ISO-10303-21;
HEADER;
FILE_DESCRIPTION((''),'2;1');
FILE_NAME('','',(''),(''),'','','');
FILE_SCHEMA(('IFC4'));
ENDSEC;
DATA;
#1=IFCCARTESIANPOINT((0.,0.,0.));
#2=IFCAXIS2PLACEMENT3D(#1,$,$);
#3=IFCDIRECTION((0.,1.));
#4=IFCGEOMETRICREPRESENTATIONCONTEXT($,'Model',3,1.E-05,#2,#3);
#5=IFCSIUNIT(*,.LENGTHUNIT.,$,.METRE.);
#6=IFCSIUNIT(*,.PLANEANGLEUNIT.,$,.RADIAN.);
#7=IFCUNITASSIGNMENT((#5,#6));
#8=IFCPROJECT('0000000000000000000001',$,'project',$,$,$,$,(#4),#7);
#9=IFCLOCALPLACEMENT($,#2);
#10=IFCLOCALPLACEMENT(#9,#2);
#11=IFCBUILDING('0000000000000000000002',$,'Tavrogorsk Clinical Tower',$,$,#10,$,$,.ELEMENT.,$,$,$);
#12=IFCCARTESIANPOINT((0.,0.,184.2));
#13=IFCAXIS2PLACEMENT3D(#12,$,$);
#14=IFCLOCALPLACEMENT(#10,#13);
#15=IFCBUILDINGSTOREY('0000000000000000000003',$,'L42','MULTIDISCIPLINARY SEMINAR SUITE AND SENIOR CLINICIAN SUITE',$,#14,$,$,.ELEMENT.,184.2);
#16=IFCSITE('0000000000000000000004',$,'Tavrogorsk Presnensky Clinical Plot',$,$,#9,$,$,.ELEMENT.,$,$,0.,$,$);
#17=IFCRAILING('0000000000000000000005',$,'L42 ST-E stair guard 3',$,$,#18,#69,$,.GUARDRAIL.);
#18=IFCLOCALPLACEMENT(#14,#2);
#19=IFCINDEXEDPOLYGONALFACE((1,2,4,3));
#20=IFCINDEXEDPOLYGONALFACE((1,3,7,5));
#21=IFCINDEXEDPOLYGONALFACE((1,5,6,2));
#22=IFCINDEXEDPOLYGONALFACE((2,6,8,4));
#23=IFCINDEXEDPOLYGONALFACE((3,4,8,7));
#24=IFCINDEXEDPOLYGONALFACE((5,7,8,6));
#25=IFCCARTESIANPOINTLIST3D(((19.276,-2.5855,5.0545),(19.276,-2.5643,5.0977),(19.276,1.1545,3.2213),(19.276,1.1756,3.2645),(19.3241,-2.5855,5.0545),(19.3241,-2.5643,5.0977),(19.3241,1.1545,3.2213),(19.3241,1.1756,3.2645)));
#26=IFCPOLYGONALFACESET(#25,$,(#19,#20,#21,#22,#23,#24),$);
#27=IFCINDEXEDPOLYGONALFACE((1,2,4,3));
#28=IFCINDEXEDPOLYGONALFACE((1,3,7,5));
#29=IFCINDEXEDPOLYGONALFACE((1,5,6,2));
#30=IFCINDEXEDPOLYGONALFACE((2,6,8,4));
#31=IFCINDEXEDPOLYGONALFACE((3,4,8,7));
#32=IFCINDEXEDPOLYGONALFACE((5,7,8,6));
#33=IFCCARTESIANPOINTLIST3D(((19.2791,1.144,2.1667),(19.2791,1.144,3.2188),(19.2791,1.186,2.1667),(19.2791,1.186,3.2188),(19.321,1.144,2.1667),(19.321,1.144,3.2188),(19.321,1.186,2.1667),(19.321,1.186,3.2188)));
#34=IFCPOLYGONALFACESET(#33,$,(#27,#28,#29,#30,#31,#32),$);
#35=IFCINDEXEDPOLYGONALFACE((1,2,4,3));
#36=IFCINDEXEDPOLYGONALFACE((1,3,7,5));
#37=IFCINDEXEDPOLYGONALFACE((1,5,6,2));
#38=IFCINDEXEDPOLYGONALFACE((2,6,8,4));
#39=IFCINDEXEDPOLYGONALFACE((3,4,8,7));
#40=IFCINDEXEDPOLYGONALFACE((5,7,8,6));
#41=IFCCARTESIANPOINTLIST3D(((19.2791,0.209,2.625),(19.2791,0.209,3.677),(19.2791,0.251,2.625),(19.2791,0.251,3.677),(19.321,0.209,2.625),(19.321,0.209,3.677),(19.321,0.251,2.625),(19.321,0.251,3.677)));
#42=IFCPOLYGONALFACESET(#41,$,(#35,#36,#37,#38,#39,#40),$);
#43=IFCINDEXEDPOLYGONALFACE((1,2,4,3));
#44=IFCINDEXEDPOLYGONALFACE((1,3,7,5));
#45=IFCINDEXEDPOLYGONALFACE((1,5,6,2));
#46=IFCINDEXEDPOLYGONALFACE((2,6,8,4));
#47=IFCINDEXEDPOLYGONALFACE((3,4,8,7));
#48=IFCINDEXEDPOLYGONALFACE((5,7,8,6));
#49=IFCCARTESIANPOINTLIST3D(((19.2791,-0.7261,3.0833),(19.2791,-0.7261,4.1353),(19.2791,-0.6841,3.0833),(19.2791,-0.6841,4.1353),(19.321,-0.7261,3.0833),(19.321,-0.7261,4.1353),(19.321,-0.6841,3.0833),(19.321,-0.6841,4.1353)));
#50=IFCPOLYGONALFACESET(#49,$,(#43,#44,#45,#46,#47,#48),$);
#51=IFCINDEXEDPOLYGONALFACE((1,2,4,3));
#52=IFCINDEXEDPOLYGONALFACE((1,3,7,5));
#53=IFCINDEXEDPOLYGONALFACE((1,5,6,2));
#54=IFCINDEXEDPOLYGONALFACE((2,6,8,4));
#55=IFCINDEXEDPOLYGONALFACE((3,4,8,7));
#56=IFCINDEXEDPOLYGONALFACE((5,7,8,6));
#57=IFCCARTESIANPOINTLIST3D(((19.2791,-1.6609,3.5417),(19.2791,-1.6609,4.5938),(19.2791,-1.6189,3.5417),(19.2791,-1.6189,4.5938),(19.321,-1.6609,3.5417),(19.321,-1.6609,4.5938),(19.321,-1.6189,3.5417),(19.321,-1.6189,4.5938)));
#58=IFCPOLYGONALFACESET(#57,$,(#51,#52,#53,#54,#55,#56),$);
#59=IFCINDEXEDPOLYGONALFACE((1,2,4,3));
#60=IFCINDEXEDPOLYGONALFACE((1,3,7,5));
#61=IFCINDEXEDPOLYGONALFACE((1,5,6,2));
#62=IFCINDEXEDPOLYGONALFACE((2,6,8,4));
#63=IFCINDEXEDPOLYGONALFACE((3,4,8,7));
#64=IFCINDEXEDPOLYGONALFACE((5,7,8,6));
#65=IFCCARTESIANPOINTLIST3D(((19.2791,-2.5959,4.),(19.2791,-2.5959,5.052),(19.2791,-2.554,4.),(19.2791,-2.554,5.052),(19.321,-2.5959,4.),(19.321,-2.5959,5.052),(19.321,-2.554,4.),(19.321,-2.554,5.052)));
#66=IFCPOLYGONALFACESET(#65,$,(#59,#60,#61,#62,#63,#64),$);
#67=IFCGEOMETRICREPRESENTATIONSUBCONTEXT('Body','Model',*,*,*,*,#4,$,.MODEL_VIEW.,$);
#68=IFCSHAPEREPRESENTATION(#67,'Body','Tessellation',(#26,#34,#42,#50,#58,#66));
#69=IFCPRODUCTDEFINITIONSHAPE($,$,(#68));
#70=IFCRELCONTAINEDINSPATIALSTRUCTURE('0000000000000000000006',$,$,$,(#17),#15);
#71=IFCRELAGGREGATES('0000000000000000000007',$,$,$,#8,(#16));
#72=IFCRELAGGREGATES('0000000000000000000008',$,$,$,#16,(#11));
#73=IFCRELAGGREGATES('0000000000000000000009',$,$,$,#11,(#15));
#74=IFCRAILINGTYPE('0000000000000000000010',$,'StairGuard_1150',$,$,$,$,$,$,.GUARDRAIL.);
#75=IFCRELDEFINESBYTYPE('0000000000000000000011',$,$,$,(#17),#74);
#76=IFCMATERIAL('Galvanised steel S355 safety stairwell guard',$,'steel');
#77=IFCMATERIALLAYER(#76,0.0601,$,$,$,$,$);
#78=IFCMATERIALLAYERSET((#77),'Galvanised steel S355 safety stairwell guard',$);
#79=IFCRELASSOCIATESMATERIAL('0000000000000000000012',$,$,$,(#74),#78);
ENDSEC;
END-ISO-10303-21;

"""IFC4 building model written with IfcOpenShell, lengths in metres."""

from ifc_helpers import new_model, si_unit, direction, frame, origin, origin_2d, place, context, subcontext, project, spatial, rectangle, extrude, material, layer, layer_set, type_object, element, save


model = new_model("IFC4")

# Units and contexts
model_context = context("Model", 3, precision=1e-05, world=origin(), true_north=direction((0.0, 1.0)))
body_context = subcontext(model_context, "Body", "Model", "MODEL_VIEW")
ifc_project = project(units=[si_unit("LENGTHUNIT", "METRE"), si_unit("PLANEANGLEUNIT", "RADIAN")], contexts=[model_context])

# Site, building, storey
site_placement = place(None, origin())
site = spatial("IfcSite", under=ifc_project, at=site_placement, Name="Tavrogorsk Presnensky Clinical Plot", CompositionType="ELEMENT", RefElevation=0.0)
building_placement = place(site_placement, origin())
building = spatial("IfcBuilding", under=site, at=building_placement, Name="Tavrogorsk Clinical Tower", CompositionType="ELEMENT")
storey_placement = place(building_placement, frame((0.0, 0.0, 184.2)))
storey = spatial("IfcBuildingStorey", under=building, at=storey_placement, Name="L42", Description="MULTIDISCIPLINARY SEMINAR SUITE AND SENIOR CLINICIAN SUITE", CompositionType="ELEMENT", Elevation=184.2)

# Railing
ifc_material_1 = material(Name="Galvanised steel S355 safety stairwell guard", Category="steel")
ifc_layer_1 = layer(ifc_material_1, 0.0601)
ifc_layer_set_1 = layer_set([ifc_layer_1], Name="Galvanised steel S355 safety stairwell guard")
railing_type = type_object("IfcRailingType", Name="StairGuard_1150", PredefinedType="GUARDRAIL", material=ifc_layer_set_1)
railing_1_placement = place(storey_placement, frame((19.3, 1.165, 2.1667)))
element("IfcRailing", 1, at=railing_1_placement, inside=storey, type_object=railing_type, Name="L42 ST-E stair guard 3", PredefinedType="GUARDRAIL", context=body_context, shape_type="SweptSolid", body=[
    extrude(rectangle(XDim=0.0481, YDim=0.0481, at=origin_2d()), frame((0.0, 0.0, 1.0762), z_axis=(0.0, -0.897928, 0.440142), x_axis=(1.0, 0.0, 0.0)), (0.0, 0.0, 1.0), 4.165),
    extrude(rectangle(XDim=0.042, YDim=0.042, at=origin_2d()), origin(), (0.0, 0.0, 1.0), 1.052),
    extrude(rectangle(XDim=0.042, YDim=0.042, at=origin_2d()), frame((0.0, -0.9351, 0.4583)), (0.0, 0.0, 1.0), 1.052),
    extrude(rectangle(XDim=0.042, YDim=0.042, at=origin_2d()), frame((0.0, -1.8701, 0.9165)), (0.0, 0.0, 1.0), 1.052),
    extrude(rectangle(XDim=0.042, YDim=0.042, at=origin_2d()), frame((0.0, -2.8049, 1.375)), (0.0, 0.0, 1.0), 1.052),
    extrude(rectangle(XDim=0.042, YDim=0.042, at=origin_2d()), frame((0.0, -3.74, 1.8333)), (0.0, 0.0, 1.0), 1.052),
])

save(model, "model.ifc")
